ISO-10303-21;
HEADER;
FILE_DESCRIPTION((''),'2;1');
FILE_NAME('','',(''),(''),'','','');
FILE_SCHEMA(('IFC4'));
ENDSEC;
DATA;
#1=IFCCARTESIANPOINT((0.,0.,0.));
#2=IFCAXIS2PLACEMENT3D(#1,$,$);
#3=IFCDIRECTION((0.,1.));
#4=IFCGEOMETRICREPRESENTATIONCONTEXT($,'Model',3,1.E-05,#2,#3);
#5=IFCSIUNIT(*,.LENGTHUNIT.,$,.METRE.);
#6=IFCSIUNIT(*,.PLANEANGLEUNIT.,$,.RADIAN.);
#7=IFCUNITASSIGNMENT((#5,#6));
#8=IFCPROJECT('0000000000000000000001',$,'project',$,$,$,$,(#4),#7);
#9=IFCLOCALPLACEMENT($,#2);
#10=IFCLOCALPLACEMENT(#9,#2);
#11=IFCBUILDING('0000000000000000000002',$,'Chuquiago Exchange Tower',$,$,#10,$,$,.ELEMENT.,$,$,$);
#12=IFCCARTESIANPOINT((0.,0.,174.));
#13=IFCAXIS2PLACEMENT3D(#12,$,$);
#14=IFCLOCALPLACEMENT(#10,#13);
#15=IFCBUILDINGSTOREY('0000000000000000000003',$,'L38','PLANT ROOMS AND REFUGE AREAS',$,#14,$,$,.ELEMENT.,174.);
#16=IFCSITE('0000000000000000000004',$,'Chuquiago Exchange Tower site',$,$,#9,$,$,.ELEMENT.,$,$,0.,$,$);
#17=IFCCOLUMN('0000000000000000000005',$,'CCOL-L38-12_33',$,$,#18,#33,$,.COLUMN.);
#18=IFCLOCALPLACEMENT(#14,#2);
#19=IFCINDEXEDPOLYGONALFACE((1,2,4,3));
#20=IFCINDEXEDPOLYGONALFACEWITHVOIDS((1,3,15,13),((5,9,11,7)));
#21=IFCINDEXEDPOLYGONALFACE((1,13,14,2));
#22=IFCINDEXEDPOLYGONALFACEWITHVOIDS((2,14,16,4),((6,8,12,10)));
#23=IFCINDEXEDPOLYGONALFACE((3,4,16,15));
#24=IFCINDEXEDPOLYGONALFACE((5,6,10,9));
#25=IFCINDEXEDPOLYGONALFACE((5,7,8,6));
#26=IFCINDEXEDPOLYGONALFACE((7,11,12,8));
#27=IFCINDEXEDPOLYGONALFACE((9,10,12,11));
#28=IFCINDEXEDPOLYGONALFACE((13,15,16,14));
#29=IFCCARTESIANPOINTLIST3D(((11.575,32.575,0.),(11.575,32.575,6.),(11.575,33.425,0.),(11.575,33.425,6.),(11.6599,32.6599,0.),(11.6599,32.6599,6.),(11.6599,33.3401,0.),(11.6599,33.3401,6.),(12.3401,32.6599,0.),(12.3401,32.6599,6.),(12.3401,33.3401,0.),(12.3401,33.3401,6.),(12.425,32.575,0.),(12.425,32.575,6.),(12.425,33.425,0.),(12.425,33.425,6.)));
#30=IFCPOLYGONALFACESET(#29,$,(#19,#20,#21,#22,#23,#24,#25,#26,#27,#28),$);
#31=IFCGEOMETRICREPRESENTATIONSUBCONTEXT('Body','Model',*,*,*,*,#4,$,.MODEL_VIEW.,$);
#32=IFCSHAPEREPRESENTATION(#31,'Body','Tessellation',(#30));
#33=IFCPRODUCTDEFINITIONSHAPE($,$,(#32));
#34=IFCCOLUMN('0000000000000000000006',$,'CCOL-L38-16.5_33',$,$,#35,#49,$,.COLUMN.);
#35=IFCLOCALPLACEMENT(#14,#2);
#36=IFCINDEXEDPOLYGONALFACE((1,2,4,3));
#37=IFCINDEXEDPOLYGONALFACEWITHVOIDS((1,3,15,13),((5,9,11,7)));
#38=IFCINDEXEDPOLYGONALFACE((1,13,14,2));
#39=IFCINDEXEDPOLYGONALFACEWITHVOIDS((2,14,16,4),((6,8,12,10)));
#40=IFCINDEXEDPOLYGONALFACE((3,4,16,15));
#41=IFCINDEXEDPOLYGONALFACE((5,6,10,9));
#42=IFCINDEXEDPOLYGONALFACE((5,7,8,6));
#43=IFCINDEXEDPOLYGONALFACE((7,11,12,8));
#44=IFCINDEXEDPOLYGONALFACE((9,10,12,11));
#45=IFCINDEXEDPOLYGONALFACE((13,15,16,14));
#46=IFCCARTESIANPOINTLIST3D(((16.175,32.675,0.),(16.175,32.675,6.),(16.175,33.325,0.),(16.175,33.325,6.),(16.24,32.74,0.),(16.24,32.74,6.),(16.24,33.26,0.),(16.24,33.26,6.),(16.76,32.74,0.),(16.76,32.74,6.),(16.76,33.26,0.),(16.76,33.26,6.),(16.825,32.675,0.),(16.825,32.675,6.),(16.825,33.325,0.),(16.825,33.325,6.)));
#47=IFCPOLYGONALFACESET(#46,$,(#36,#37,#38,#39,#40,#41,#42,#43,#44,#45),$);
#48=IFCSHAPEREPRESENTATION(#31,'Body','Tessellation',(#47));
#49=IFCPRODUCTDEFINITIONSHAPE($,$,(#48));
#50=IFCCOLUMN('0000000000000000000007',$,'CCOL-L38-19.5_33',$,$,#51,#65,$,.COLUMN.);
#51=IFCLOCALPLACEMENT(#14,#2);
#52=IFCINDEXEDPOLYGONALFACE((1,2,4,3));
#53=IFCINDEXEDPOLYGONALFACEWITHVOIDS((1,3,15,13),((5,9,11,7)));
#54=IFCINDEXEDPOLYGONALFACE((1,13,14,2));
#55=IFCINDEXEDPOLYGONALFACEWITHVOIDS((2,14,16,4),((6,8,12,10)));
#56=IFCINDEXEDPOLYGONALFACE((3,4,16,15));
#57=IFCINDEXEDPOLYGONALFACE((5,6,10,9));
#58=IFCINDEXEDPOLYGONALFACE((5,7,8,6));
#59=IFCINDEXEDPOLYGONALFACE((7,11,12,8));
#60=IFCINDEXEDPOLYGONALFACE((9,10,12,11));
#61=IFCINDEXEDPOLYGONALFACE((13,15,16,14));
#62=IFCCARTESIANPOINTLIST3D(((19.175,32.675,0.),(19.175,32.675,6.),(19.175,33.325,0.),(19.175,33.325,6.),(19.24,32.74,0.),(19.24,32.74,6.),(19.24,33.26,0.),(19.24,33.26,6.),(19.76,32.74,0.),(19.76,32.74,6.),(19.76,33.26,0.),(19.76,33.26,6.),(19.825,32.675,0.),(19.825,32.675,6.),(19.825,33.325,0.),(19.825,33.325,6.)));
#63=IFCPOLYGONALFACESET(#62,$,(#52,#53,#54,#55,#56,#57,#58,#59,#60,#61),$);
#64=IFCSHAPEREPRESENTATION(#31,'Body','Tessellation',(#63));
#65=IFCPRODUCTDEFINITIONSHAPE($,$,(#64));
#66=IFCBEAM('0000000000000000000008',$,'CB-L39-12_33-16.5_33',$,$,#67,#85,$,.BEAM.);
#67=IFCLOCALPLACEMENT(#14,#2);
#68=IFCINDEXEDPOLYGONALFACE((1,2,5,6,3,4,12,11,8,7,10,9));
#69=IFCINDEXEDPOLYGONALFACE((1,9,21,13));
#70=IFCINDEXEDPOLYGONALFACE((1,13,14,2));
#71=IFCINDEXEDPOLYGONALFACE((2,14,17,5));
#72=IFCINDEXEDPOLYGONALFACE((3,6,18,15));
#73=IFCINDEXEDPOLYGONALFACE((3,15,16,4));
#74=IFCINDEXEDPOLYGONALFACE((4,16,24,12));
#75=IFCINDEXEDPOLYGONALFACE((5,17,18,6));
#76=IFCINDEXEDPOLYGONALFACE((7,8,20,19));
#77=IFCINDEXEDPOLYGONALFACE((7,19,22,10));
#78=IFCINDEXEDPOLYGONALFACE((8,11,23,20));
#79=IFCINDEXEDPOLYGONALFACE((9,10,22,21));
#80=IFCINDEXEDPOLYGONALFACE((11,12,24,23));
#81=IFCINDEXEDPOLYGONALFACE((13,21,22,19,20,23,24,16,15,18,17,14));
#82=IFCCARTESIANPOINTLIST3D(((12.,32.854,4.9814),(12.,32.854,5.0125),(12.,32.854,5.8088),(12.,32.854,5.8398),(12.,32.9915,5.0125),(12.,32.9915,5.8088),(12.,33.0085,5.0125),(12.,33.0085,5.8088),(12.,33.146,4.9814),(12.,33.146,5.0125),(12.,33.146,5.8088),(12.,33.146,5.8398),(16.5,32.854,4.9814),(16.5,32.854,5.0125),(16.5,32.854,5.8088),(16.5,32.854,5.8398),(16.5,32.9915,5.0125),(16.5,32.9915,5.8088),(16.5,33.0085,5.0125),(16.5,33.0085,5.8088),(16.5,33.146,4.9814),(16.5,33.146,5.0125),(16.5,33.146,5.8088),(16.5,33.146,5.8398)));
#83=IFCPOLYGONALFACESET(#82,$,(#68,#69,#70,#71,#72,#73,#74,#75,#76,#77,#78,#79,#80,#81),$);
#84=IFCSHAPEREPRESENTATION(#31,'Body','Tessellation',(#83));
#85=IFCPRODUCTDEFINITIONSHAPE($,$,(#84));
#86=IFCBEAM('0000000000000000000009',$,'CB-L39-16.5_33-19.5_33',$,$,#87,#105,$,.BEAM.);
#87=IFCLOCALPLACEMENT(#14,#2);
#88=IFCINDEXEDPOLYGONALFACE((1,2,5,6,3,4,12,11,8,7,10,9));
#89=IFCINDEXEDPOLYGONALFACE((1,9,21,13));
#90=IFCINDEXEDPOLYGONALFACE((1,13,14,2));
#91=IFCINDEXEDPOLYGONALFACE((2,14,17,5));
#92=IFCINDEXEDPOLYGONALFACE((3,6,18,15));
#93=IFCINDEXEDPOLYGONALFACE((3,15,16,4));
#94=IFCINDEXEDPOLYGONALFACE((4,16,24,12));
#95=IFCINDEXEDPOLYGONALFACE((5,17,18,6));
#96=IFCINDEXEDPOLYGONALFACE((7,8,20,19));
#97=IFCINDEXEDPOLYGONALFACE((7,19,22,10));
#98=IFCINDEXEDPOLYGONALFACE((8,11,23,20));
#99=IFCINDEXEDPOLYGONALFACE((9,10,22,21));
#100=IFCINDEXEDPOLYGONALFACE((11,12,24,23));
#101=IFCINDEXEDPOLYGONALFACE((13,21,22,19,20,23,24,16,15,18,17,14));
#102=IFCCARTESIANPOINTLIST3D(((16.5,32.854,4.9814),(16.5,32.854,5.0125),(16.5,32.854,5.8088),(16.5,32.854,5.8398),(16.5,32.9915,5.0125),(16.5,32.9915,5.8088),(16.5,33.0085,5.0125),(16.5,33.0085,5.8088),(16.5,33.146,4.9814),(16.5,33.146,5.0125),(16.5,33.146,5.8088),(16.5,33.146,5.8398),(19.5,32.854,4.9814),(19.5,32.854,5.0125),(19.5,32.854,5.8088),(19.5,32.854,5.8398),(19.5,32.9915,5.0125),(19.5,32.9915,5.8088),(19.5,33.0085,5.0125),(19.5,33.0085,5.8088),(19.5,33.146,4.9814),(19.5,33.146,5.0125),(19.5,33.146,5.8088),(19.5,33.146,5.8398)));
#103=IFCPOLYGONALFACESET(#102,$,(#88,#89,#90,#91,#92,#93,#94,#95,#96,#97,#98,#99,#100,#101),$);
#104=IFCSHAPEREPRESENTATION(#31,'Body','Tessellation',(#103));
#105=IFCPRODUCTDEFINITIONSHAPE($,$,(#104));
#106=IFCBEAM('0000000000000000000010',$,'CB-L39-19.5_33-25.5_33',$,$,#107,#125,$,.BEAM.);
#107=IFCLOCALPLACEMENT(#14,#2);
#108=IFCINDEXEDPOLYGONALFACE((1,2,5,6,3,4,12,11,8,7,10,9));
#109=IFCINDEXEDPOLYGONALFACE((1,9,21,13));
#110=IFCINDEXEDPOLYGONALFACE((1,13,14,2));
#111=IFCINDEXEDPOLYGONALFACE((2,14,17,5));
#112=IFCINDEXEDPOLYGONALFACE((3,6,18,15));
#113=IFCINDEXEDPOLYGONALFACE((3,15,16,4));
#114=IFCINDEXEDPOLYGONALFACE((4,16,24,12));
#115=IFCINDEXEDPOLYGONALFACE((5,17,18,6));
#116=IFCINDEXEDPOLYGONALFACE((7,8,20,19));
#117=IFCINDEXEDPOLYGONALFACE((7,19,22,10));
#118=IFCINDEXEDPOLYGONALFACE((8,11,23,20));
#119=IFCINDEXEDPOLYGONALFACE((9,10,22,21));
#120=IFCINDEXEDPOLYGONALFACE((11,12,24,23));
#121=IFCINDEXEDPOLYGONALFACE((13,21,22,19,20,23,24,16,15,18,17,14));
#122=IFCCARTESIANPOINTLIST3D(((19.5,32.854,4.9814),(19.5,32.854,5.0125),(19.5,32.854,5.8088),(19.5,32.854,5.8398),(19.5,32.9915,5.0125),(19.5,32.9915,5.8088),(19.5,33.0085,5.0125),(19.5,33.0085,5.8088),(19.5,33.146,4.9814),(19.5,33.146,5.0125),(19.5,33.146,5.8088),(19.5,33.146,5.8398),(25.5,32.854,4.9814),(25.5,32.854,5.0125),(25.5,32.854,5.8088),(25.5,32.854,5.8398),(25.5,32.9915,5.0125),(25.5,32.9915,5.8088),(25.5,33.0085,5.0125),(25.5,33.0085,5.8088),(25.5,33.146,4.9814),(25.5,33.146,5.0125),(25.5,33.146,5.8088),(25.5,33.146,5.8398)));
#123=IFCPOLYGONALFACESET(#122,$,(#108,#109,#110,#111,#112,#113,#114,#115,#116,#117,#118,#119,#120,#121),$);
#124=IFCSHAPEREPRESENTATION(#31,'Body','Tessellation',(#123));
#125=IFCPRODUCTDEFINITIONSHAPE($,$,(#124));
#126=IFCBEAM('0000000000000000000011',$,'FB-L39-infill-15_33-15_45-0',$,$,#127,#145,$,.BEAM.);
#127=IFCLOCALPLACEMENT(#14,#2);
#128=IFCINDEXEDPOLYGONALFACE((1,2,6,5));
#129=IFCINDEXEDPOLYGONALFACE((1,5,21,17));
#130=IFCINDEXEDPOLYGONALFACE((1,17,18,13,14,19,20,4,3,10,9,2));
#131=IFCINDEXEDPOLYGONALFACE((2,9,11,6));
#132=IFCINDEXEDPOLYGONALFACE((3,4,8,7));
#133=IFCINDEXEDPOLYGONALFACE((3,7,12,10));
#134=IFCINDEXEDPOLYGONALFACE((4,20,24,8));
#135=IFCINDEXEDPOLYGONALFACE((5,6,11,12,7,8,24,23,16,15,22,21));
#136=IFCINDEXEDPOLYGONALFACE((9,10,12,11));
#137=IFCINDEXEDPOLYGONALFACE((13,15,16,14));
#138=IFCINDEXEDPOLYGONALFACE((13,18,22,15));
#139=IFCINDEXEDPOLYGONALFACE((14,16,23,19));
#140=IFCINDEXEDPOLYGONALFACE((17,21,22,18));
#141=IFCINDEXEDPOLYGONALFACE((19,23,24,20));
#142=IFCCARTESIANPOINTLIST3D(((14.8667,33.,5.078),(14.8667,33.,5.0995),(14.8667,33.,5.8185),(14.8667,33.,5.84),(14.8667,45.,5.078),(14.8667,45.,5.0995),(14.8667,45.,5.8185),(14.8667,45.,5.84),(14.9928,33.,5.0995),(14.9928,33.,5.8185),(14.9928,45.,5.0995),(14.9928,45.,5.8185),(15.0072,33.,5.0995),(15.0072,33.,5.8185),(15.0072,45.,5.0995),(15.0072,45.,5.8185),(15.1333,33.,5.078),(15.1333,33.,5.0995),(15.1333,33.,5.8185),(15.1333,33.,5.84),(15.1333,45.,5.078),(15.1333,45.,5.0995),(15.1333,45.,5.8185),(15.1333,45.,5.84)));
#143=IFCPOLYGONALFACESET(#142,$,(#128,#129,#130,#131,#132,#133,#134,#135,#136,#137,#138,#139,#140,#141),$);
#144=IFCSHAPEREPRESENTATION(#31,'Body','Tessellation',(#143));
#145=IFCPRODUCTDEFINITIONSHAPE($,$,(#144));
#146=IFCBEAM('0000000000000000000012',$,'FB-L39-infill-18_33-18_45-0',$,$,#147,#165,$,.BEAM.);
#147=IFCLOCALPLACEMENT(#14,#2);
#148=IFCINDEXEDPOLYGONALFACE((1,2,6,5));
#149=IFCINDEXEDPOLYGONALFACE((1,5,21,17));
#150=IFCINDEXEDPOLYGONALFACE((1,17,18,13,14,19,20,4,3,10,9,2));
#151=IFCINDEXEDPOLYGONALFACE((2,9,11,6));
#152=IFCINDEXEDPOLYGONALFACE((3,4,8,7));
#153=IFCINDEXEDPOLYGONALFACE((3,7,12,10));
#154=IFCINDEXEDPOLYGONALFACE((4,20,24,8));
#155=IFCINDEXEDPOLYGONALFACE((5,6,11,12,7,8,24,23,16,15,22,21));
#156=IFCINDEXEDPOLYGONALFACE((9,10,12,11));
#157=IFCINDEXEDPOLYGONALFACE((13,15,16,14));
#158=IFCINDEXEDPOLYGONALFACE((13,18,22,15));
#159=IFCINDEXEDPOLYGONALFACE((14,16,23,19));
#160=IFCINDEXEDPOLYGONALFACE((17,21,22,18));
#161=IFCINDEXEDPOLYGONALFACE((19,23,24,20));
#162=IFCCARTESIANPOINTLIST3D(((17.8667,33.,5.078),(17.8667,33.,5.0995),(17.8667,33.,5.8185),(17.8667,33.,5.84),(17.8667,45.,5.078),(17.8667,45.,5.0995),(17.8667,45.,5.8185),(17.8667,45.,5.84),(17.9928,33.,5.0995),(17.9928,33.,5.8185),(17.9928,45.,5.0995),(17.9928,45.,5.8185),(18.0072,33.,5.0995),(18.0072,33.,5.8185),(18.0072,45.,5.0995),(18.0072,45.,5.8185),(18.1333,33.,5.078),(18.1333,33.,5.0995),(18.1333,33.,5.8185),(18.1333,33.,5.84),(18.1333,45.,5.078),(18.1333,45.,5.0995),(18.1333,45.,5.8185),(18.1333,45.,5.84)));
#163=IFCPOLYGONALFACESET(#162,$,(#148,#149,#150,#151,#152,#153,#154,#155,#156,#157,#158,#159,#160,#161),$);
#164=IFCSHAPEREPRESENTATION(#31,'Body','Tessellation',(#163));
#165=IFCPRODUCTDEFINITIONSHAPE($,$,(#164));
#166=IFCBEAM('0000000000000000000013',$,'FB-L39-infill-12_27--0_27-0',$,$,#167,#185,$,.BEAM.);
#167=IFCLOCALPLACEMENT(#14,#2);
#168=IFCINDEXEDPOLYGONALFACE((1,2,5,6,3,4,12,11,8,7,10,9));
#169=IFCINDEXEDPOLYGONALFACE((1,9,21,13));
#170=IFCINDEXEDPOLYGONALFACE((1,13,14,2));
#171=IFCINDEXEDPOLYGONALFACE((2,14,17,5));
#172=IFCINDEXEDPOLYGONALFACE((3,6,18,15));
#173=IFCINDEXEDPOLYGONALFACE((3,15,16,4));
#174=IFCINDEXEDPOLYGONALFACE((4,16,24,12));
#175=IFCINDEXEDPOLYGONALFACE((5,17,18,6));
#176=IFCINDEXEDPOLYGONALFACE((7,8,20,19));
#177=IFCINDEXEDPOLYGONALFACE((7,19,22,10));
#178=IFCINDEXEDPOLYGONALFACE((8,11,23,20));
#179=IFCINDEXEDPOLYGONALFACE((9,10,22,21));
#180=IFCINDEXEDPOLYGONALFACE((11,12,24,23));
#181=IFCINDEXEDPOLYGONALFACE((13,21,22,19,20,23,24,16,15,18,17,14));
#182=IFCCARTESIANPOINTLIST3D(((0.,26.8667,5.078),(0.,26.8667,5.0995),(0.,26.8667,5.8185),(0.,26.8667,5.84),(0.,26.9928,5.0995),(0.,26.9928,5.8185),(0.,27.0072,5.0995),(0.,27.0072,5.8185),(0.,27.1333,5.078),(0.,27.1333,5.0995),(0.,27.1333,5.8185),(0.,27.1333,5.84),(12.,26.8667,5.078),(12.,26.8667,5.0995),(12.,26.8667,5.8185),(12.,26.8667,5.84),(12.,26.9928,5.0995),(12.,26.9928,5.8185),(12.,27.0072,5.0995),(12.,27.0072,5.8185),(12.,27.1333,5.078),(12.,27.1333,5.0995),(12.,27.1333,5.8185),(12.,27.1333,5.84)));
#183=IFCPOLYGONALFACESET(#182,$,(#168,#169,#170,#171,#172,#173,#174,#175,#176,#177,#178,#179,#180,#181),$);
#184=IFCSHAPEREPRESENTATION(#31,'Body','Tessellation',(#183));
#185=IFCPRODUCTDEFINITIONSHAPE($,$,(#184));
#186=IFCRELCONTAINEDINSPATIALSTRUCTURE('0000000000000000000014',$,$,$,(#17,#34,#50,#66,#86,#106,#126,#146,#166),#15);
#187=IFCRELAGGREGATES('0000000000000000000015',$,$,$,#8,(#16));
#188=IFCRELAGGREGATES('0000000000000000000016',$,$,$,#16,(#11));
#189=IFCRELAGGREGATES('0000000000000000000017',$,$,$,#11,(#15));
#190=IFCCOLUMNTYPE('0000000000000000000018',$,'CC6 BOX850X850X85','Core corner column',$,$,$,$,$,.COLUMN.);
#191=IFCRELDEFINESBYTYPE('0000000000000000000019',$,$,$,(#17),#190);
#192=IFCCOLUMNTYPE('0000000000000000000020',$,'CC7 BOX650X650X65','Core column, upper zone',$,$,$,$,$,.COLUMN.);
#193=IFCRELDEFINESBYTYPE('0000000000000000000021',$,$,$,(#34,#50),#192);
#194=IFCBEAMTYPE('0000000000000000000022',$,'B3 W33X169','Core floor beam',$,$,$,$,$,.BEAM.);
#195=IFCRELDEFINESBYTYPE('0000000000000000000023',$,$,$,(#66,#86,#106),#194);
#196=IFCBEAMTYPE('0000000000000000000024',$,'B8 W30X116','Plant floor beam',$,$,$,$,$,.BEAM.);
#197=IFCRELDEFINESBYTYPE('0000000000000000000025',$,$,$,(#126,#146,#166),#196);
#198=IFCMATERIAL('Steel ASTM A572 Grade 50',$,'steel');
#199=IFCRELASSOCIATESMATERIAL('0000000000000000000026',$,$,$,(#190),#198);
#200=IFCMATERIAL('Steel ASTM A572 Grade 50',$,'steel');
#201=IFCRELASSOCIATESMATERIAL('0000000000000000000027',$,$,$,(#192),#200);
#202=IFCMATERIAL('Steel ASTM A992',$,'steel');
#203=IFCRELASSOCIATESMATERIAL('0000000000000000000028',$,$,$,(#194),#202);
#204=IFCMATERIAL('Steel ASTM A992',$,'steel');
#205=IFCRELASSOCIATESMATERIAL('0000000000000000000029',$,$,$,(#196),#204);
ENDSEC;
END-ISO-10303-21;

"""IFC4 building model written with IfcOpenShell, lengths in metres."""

from ifc_helpers import new_model, si_unit, direction, frame, origin, origin_2d, place, context, subcontext, project, spatial, hollow_rectangle, i_section, extrude, material, material_profile, profile_set, type_object, element, save


model = new_model("IFC4")

# Units and contexts
model_context = context("Model", 3, precision=1e-05, world=origin(), true_north=direction((0.0, 1.0)))
body_context = subcontext(model_context, "Body", "Model", "MODEL_VIEW")
ifc_project = project(units=[si_unit("LENGTHUNIT", "METRE"), si_unit("PLANEANGLEUNIT", "RADIAN")], contexts=[model_context])

# Site, building, storey
site_placement = place(None, origin())
site = spatial("IfcSite", under=ifc_project, at=site_placement, Name="Chuquiago Exchange Tower site", CompositionType="ELEMENT", RefElevation=0.0)
building_placement = place(site_placement, origin())
building = spatial("IfcBuilding", under=site, at=building_placement, Name="Chuquiago Exchange Tower", CompositionType="ELEMENT")
storey_placement = place(building_placement, frame((0.0, 0.0, 174.0)))
storey = spatial("IfcBuildingStorey", under=building, at=storey_placement, Name="L38", Description="PLANT ROOMS AND REFUGE AREAS", CompositionType="ELEMENT", Elevation=174.0)

# Columns
ifc_material_1 = material(Name="Steel ASTM A572 Grade 50", Category="steel")
ifc_material_profile_1 = material_profile(ifc_material_1, hollow_rectangle(XDim=0.8501, YDim=0.8501, WallThickness=0.085, at=origin_2d()), Name="BOX850X850X85")
ifc_profile_set_1 = profile_set([ifc_material_profile_1], Name="Steel ASTM A572 Grade 50")
column_type_1 = type_object("IfcColumnType", Name="CC6 BOX850X850X85", Description="Core corner column", PredefinedType="COLUMN", material=ifc_profile_set_1)
column_placement = place(storey_placement, frame((12.0, 33.0, 0.0), z_axis=(0.0, 0.0, 1.0), x_axis=(1.0, 0.0, 0.0)))
element("IfcColumn", 1, at=column_placement, inside=storey, type_object=column_type_1, Name="CCOL-L38-12_33", PredefinedType="COLUMN", context=body_context, shape_type="SweptSolid", body=[
    extrude(hollow_rectangle(XDim=0.8501, YDim=0.8501, WallThickness=0.085, at=origin_2d()), origin(), (0.0, 0.0, 1.0), 6.0),
])
ifc_material_2 = material(Name="Steel ASTM A572 Grade 50", Category="steel")
ifc_material_profile_2 = material_profile(ifc_material_2, hollow_rectangle(XDim=0.6499, YDim=0.6499, WallThickness=0.0649, at=origin_2d()), Name="BOX650X650X65")
ifc_profile_set_2 = profile_set([ifc_material_profile_2], Name="Steel ASTM A572 Grade 50")
column_type_2 = type_object("IfcColumnType", Name="CC7 BOX650X650X65", Description="Core column, upper zone", PredefinedType="COLUMN", material=ifc_profile_set_2)
for number, where, z_axis, x_axis, name in (
    (2, (16.5, 33.0, 0.0), (0.0, 0.0, 1.0), (1.0, 0.0, 0.0), "CCOL-L38-16.5_33"),
    (3, (19.5, 33.0, 0.0), (0.0, 0.0, 1.0), (1.0, 0.0, 0.0), "CCOL-L38-19.5_33"),
):
    element("IfcColumn", number, at=place(storey_placement, frame(where, z_axis=z_axis, x_axis=x_axis)), inside=storey, type_object=column_type_2, Name=name, PredefinedType="COLUMN", context=body_context, shape_type="SweptSolid", body=[
        extrude(hollow_rectangle(XDim=0.6499, YDim=0.6499, WallThickness=0.0649, at=origin_2d()), origin(), (0.0, 0.0, 1.0), 6.0),
    ])

# Beams
ifc_material_3 = material(Name="Steel ASTM A992", Category="steel")
ifc_material_profile_3 = material_profile(ifc_material_3, i_section(OverallWidth=0.292, OverallDepth=0.8584, WebThickness=0.0171, FlangeThickness=0.031, at=origin_2d()), Name="W33X169")
ifc_profile_set_3 = profile_set([ifc_material_profile_3], Name="Steel ASTM A992")
beam_type_1 = type_object("IfcBeamType", Name="B3 W33X169", Description="Core floor beam", PredefinedType="BEAM", material=ifc_profile_set_3)
beam_1_placement = place(storey_placement, frame((12.0, 33.0, 5.4106), z_axis=(1.0, 0.0, 0.0), x_axis=(0.0, 1.0, 0.0)))
element("IfcBeam", 4, at=beam_1_placement, inside=storey, type_object=beam_type_1, Name="CB-L39-12_33-16.5_33", PredefinedType="BEAM", context=body_context, shape_type="SweptSolid", body=[
    extrude(i_section(OverallWidth=0.292, OverallDepth=0.8584, WebThickness=0.0171, FlangeThickness=0.031, at=origin_2d()), origin(), (0.0, 0.0, 1.0), 4.5),
])
beam_2_placement = place(storey_placement, frame((16.5, 33.0, 5.4106), z_axis=(1.0, 0.0, 0.0), x_axis=(0.0, 1.0, 0.0)))
element("IfcBeam", 5, at=beam_2_placement, inside=storey, type_object=beam_type_1, Name="CB-L39-16.5_33-19.5_33", PredefinedType="BEAM", context=body_context, shape_type="SweptSolid", body=[
    extrude(i_section(OverallWidth=0.292, OverallDepth=0.8584, WebThickness=0.0171, FlangeThickness=0.031, at=origin_2d()), origin(), (0.0, 0.0, 1.0), 3.0),
])
beam_3_placement = place(storey_placement, frame((19.5, 33.0, 5.4106), z_axis=(1.0, 0.0, 0.0), x_axis=(0.0, 1.0, 0.0)))
element("IfcBeam", 6, at=beam_3_placement, inside=storey, type_object=beam_type_1, Name="CB-L39-19.5_33-25.5_33", PredefinedType="BEAM", context=body_context, shape_type="SweptSolid", body=[
    extrude(i_section(OverallWidth=0.292, OverallDepth=0.8584, WebThickness=0.0171, FlangeThickness=0.031, at=origin_2d()), origin(), (0.0, 0.0, 1.0), 6.0),
])
ifc_material_4 = material(Name="Steel ASTM A992", Category="steel")
ifc_material_profile_4 = material_profile(ifc_material_4, i_section(OverallWidth=0.2666, OverallDepth=0.762, WebThickness=0.0144, FlangeThickness=0.0215, at=origin_2d()), Name="W30X116")
ifc_profile_set_4 = profile_set([ifc_material_profile_4], Name="Steel ASTM A992")
beam_type_2 = type_object("IfcBeamType", Name="B8 W30X116", Description="Plant floor beam", PredefinedType="BEAM", material=ifc_profile_set_4)
for number, where, z_axis, x_axis, name in (
    (7, (15.0, 33.0, 5.459), (0.0, 1.0, 0.0), (-1.0, 0.0, 0.0), "FB-L39-infill-15_33-15_45-0"),
    (8, (18.0, 33.0, 5.459), (0.0, 1.0, 0.0), (-1.0, 0.0, 0.0), "FB-L39-infill-18_33-18_45-0"),
    (9, (12.0, 27.0, 5.459), (-1.0, 0.0, 0.0), (0.0, -1.0, 0.0), "FB-L39-infill-12_27--0_27-0"),
):
    element("IfcBeam", number, at=place(storey_placement, frame(where, z_axis=z_axis, x_axis=x_axis)), inside=storey, type_object=beam_type_2, Name=name, PredefinedType="BEAM", context=body_context, shape_type="SweptSolid", body=[
        extrude(i_section(OverallWidth=0.2666, OverallDepth=0.762, WebThickness=0.0144, FlangeThickness=0.0215, at=origin_2d()), origin(), (0.0, 0.0, 1.0), 12.0),
    ])

save(model, "model.ifc")
